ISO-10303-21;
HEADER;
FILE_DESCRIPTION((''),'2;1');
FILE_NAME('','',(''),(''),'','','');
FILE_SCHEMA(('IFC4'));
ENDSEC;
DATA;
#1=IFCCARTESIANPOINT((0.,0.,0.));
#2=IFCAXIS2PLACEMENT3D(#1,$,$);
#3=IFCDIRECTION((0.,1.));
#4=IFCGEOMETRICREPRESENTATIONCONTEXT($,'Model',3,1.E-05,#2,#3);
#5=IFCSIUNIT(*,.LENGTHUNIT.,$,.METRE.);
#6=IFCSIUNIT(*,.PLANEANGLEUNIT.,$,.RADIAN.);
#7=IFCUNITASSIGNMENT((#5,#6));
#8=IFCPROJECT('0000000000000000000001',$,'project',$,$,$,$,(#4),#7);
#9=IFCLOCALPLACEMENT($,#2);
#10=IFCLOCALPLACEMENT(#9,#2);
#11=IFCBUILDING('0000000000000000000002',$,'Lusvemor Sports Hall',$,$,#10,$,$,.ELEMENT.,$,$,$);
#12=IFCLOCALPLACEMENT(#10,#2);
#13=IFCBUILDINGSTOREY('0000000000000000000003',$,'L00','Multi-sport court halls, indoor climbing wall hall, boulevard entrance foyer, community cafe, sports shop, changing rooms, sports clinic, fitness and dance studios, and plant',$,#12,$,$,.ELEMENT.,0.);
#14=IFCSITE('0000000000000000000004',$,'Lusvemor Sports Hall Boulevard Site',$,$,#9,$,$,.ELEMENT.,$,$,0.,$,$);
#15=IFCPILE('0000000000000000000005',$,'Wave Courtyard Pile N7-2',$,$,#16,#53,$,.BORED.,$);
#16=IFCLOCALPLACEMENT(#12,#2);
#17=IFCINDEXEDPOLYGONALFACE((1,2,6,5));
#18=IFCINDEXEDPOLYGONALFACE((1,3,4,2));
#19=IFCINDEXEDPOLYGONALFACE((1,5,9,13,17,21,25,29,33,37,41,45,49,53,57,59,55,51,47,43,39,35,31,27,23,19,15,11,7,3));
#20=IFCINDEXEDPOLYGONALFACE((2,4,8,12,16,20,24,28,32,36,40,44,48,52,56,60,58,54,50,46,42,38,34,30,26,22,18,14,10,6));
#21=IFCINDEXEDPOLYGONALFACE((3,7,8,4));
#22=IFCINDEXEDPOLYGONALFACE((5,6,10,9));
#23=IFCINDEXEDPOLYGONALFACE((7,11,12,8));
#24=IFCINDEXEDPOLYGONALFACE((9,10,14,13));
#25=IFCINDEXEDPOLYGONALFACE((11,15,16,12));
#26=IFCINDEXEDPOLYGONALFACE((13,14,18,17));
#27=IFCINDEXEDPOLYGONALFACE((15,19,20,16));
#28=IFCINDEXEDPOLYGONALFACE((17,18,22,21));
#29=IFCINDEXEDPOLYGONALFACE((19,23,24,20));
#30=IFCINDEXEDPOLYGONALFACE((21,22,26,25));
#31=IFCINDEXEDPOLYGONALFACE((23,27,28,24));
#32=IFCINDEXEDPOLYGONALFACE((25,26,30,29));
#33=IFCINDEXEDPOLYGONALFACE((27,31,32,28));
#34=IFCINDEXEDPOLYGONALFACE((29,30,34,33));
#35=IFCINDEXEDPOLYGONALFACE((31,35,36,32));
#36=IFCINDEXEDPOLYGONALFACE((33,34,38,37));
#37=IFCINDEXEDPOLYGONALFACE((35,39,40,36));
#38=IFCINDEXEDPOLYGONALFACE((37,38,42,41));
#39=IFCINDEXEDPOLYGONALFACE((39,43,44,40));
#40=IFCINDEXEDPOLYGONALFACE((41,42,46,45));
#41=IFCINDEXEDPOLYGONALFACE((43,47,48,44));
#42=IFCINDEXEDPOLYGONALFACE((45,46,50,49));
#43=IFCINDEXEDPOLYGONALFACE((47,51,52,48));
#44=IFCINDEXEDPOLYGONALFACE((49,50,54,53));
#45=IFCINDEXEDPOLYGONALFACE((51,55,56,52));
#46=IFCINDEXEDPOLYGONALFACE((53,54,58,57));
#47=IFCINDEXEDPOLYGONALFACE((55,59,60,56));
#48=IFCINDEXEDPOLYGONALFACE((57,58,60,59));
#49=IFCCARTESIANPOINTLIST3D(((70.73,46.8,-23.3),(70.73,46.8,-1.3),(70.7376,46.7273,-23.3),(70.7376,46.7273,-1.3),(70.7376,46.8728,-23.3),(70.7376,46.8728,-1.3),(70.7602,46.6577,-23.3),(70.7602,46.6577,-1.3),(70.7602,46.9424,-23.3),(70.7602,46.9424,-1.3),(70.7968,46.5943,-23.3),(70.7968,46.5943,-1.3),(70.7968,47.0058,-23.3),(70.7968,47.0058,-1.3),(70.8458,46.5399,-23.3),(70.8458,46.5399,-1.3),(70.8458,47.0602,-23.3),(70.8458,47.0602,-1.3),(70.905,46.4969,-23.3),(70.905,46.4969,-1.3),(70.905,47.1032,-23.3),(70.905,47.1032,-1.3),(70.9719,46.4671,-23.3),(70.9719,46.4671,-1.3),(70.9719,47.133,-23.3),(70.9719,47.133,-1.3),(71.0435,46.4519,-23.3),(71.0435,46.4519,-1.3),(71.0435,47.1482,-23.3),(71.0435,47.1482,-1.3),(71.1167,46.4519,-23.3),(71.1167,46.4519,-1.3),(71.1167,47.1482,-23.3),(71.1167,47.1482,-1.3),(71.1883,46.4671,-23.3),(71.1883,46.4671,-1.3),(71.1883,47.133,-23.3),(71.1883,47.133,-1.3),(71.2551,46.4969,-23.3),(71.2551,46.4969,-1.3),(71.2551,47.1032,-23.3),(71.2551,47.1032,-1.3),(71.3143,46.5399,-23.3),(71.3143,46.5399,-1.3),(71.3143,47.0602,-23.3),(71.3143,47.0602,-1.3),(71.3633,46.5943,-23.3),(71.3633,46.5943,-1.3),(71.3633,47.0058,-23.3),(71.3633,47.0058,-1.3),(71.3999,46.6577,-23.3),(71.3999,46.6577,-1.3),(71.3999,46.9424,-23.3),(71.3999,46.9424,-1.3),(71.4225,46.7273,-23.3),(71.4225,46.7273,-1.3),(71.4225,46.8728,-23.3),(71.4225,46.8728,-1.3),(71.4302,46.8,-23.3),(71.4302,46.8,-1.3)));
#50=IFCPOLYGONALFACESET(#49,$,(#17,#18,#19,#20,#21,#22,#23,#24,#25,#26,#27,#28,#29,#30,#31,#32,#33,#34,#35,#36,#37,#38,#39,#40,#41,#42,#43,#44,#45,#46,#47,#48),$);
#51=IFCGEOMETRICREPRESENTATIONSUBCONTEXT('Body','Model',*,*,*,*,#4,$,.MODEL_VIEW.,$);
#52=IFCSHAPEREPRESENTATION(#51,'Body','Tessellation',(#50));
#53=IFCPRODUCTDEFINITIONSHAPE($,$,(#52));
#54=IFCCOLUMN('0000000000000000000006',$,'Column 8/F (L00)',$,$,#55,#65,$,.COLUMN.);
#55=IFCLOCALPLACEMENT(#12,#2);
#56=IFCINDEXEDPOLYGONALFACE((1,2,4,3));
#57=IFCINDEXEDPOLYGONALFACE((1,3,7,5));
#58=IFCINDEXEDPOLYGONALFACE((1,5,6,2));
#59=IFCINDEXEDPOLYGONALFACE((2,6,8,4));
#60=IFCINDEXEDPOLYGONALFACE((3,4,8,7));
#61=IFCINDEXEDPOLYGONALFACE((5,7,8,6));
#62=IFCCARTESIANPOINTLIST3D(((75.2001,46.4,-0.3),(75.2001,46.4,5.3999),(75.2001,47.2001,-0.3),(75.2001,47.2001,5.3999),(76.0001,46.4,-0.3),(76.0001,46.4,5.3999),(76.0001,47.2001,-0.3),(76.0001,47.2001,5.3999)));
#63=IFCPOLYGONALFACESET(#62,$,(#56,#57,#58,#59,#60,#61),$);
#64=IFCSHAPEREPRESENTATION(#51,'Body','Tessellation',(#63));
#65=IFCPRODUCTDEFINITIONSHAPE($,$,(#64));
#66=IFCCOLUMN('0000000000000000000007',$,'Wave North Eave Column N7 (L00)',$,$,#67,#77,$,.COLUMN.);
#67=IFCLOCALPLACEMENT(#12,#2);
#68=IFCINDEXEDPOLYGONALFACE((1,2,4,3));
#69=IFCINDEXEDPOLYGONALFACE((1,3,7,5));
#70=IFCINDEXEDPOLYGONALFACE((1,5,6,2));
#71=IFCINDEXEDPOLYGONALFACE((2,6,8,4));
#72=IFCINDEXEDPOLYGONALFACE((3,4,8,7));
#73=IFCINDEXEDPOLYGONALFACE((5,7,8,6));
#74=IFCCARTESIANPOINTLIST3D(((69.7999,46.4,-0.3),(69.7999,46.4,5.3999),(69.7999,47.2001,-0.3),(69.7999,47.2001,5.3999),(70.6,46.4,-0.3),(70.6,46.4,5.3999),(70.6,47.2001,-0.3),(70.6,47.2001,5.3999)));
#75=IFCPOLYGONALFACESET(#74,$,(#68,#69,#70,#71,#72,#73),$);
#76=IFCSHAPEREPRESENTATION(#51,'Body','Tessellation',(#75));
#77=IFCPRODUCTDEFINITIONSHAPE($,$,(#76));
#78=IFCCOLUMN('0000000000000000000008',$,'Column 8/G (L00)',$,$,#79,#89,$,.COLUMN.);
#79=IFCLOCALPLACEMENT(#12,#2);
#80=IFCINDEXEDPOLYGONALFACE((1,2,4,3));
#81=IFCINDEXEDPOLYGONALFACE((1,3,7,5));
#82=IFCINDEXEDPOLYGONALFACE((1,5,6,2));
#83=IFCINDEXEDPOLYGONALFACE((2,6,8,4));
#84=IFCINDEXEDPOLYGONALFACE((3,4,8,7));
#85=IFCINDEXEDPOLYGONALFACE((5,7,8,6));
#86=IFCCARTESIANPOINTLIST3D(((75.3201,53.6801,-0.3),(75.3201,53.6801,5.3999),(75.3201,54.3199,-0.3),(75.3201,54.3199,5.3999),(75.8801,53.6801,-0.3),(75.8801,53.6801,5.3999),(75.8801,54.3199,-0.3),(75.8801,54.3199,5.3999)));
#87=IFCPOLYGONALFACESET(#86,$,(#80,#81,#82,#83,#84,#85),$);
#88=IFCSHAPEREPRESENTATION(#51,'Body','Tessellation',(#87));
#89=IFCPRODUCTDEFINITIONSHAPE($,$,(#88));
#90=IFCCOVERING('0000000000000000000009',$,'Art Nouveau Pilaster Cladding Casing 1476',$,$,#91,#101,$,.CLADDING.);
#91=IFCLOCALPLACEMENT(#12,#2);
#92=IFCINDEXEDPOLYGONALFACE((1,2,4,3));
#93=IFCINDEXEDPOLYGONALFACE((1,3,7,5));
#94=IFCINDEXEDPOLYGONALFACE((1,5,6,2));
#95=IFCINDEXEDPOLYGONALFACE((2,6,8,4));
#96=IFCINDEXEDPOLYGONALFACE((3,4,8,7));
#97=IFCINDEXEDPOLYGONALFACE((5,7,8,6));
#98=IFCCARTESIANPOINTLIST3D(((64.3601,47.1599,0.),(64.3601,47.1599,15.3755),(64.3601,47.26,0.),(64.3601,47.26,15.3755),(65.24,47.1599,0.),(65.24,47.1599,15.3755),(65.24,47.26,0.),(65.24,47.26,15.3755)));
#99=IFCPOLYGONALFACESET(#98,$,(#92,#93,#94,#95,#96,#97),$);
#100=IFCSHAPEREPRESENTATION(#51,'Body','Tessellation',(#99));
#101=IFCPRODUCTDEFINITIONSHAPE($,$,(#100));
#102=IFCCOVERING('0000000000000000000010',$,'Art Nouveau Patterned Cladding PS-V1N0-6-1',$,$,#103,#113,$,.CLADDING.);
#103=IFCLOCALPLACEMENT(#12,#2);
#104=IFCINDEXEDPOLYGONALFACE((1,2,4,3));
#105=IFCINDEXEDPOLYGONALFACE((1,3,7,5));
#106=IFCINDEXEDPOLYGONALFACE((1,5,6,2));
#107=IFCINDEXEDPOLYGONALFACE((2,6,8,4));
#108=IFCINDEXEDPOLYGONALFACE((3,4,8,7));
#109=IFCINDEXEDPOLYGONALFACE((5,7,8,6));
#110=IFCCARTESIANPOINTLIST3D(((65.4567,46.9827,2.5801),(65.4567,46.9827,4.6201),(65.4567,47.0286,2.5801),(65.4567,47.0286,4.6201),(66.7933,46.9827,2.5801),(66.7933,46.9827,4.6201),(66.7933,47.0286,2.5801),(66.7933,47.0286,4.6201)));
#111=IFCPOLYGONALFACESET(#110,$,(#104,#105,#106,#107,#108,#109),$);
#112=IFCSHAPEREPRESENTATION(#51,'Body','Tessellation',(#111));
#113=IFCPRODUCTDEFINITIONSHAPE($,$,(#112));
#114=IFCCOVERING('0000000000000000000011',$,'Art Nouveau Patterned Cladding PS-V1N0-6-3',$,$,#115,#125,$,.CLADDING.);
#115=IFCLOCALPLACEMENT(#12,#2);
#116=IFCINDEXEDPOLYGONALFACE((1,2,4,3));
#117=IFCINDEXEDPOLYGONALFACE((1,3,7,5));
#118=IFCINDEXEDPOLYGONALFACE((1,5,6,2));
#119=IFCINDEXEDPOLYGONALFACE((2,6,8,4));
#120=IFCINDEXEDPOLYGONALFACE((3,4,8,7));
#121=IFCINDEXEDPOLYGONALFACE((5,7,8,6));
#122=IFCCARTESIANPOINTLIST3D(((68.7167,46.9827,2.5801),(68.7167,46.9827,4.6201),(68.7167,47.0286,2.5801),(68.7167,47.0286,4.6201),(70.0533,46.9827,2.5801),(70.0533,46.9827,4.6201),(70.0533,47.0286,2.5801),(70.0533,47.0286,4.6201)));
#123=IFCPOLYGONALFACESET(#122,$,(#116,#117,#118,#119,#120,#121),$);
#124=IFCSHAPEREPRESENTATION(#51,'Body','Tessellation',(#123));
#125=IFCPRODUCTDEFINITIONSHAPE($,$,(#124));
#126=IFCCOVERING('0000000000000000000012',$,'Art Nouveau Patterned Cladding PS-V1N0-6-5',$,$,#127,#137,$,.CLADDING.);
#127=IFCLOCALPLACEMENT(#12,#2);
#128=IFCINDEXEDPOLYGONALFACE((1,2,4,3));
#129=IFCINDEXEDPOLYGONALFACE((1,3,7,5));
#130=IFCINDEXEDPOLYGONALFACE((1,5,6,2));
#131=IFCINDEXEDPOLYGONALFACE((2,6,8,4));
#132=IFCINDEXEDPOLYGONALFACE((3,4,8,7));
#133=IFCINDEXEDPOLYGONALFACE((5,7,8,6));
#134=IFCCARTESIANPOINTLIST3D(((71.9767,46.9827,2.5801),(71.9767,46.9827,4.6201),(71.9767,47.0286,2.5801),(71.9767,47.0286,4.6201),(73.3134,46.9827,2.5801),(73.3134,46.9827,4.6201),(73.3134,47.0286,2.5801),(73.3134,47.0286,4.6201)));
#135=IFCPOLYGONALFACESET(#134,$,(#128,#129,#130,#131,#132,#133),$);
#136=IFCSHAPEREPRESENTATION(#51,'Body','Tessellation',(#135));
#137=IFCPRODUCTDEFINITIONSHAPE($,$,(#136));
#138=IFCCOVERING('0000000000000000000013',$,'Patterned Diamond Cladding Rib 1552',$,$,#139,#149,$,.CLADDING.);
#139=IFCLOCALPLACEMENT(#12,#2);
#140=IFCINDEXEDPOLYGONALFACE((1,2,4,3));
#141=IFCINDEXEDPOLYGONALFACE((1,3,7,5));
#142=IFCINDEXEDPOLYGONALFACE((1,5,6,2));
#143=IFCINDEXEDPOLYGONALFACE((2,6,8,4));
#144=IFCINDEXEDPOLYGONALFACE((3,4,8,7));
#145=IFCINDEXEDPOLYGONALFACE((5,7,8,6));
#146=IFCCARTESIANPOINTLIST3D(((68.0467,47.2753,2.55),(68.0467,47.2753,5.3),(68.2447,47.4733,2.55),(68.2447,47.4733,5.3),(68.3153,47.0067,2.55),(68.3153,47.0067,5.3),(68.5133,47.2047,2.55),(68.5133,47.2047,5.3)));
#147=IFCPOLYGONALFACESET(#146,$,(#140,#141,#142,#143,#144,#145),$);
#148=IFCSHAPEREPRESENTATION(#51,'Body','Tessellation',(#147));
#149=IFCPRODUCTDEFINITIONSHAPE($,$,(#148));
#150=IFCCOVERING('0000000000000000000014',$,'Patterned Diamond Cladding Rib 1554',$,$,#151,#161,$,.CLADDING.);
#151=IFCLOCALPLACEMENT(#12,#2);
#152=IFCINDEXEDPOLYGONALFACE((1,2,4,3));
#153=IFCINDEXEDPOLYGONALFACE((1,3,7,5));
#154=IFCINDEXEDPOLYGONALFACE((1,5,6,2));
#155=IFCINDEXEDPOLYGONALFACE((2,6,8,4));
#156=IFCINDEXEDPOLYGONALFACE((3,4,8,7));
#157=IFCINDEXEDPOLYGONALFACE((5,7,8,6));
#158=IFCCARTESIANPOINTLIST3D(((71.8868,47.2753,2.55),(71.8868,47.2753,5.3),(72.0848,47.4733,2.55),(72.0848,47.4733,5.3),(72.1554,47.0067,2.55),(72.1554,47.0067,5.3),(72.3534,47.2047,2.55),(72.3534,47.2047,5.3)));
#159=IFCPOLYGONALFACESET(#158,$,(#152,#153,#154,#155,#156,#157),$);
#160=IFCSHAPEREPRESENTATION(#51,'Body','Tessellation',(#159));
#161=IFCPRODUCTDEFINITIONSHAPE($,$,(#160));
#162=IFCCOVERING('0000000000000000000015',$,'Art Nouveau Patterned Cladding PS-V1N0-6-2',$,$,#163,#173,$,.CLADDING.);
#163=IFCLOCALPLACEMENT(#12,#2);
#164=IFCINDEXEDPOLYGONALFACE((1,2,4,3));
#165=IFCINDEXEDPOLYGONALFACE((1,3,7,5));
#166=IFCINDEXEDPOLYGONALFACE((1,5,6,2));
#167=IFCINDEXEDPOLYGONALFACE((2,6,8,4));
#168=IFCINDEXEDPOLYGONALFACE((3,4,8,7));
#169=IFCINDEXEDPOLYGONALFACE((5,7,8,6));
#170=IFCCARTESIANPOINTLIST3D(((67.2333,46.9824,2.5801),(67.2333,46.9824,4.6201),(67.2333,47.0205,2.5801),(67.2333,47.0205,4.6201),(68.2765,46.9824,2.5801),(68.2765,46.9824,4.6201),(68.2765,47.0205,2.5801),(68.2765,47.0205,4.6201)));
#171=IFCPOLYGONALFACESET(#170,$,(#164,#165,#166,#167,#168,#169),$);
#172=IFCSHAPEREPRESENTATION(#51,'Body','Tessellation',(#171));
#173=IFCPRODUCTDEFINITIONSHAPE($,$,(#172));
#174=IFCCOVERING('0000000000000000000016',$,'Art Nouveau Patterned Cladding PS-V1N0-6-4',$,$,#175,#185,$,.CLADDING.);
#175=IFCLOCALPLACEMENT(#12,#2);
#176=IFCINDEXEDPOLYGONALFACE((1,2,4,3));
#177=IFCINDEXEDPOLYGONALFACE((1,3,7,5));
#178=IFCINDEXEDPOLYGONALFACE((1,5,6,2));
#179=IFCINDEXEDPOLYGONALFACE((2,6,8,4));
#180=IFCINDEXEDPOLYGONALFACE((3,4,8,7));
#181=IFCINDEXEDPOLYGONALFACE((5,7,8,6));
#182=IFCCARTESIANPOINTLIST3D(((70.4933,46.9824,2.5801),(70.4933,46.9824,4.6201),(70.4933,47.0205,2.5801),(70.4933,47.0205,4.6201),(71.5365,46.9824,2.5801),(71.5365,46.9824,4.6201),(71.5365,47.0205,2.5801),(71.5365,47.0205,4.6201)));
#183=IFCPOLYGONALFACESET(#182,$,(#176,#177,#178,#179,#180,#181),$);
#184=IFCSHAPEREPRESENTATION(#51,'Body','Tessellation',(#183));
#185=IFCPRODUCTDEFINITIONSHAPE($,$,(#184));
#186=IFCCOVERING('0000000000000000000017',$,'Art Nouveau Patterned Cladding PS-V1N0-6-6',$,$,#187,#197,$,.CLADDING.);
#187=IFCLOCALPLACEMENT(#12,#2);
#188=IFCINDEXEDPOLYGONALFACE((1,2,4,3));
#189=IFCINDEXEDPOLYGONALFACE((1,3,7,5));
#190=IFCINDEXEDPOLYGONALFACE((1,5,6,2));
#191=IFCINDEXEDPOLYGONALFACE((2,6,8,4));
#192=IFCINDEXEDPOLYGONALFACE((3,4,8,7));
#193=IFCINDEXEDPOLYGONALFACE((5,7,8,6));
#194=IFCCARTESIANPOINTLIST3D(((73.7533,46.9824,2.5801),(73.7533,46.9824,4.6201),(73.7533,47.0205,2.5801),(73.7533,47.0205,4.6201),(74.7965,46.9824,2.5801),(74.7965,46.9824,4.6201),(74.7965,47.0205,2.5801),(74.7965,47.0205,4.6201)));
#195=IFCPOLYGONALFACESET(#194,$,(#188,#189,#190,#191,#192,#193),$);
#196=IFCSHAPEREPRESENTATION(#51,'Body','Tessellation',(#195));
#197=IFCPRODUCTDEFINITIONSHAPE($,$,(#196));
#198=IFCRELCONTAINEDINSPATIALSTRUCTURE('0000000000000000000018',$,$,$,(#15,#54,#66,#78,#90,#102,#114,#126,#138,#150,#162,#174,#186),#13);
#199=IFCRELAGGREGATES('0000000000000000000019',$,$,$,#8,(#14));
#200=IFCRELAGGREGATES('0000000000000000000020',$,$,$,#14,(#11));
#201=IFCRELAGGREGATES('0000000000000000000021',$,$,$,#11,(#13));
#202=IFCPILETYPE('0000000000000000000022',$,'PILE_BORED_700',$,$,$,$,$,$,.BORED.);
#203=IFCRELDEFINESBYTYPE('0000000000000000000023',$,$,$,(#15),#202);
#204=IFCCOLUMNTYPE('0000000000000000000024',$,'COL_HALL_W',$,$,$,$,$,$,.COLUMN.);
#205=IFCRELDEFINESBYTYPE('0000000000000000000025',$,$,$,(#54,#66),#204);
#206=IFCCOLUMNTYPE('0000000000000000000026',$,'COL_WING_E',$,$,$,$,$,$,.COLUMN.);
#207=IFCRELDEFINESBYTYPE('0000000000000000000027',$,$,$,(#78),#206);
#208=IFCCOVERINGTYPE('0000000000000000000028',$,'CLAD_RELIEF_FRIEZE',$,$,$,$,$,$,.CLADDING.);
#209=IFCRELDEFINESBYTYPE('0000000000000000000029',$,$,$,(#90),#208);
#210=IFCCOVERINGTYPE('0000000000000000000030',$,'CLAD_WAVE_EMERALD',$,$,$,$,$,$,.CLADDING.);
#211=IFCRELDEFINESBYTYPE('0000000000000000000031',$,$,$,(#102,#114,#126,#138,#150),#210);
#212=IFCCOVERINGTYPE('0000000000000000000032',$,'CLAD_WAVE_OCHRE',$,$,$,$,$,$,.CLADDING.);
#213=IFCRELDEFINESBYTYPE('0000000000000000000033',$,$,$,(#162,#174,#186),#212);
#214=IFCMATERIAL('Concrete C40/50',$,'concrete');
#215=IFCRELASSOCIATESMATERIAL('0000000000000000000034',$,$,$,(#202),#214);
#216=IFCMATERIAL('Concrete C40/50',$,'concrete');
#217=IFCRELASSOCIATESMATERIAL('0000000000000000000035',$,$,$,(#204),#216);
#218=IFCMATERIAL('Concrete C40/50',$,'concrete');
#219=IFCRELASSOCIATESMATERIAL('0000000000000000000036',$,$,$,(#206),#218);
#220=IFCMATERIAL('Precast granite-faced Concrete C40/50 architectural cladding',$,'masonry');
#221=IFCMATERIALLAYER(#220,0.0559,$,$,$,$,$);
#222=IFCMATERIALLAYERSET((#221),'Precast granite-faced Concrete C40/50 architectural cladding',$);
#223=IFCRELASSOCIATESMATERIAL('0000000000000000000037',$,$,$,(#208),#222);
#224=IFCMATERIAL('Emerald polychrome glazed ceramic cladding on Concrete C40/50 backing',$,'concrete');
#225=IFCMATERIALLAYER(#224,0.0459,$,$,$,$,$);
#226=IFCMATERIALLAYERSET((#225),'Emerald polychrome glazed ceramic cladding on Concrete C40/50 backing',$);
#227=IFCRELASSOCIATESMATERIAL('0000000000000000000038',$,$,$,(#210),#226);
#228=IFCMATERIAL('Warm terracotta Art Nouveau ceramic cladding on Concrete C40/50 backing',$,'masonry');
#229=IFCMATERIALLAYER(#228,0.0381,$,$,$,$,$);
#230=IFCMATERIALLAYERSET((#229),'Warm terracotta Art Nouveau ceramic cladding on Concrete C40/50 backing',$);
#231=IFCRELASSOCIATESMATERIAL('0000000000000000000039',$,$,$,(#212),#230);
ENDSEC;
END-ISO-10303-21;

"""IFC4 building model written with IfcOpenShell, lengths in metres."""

from ifc_helpers import new_model, si_unit, direction, frame, origin, origin_2d, place, context, subcontext, project, spatial, rectangle, circle, extrude, material, layer, layer_set, material_profile, profile_set, type_object, element, save


model = new_model("IFC4")

# Units and contexts
model_context = context("Model", 3, precision=1e-05, world=origin(), true_north=direction((0.0, 1.0)))
body_context = subcontext(model_context, "Body", "Model", "MODEL_VIEW")
ifc_project = project(units=[si_unit("LENGTHUNIT", "METRE"), si_unit("PLANEANGLEUNIT", "RADIAN")], contexts=[model_context])

# Site, building, storey
site_placement = place(None, origin())
site = spatial("IfcSite", under=ifc_project, at=site_placement, Name="Lusvemor Sports Hall Boulevard Site", CompositionType="ELEMENT", RefElevation=0.0)
building_placement = place(site_placement, origin())
building = spatial("IfcBuilding", under=site, at=building_placement, Name="Lusvemor Sports Hall", CompositionType="ELEMENT")
storey_placement = place(building_placement, origin())
storey = spatial("IfcBuildingStorey", under=building, at=storey_placement, Name="L00", Description="Multi-sport court halls, indoor climbing wall hall, boulevard entrance foyer, community cafe, sports shop, changing rooms, sports clinic, fitness and dance studios, and plant", CompositionType="ELEMENT", Elevation=0.0)

# Pile
ifc_material_1 = material(Name="Concrete C40/50", Category="concrete")
ifc_material_profile_1 = material_profile(ifc_material_1, circle(Radius=0.3501, at=origin_2d()), Name="PILE700")
ifc_profile_set_1 = profile_set([ifc_material_profile_1], Name="Concrete C40/50")
pile_type = type_object("IfcPileType", Name="PILE_BORED_700", PredefinedType="BORED", material=ifc_profile_set_1)
for number, where, z_axis, x_axis, name in (
    (1, (71.0801, 46.8, -1.3), (0.0, 0.0, -1.0), (1.0, 0.0, 0.0), "Wave Courtyard Pile N7-2"),
):
    element("IfcPile", number, at=place(storey_placement, frame(where, z_axis=z_axis, x_axis=x_axis)), inside=storey, type_object=pile_type, Name=name, PredefinedType="BORED", context=body_context, shape_type="SweptSolid", body=[
        extrude(circle(Radius=0.3501, at=origin_2d()), origin(), (0.0, 0.0, 1.0), 22.0),
    ])

# Columns
ifc_material_2 = material(Name="Concrete C40/50", Category="concrete")
ifc_material_profile_2 = material_profile(ifc_material_2, rectangle(XDim=0.8, YDim=0.8, at=origin_2d()), Name="RC800x800")
ifc_profile_set_2 = profile_set([ifc_material_profile_2], Name="Concrete C40/50")
column_type_1 = type_object("IfcColumnType", Name="COL_HALL_W", PredefinedType="COLUMN", material=ifc_profile_set_2)
for number, where, z_axis, x_axis, name in (
    (2, (75.6001, 46.8, -0.3), (0.0, 0.0, 1.0), (1.0, 0.0, 0.0), "Column 8/F (L00)"),
    (3, (70.2, 46.8, -0.3), (0.0, 0.0, 1.0), (1.0, 0.0, 0.0), "Wave North Eave Column N7 (L00)"),
):
    element("IfcColumn", number, at=place(storey_placement, frame(where, z_axis=z_axis, x_axis=x_axis)), inside=storey, type_object=column_type_1, Name=name, PredefinedType="COLUMN", context=body_context, shape_type="SweptSolid", body=[
        extrude(rectangle(XDim=0.8, YDim=0.8, at=origin_2d()), origin(), (0.0, 0.0, 1.0), 5.7),
    ])
ifc_material_3 = material(Name="Concrete C40/50", Category="concrete")
ifc_material_profile_3 = material_profile(ifc_material_3, rectangle(XDim=0.5601, YDim=0.6399, at=origin_2d()), Name="RC560x640")
ifc_profile_set_3 = profile_set([ifc_material_profile_3], Name="Concrete C40/50")
column_type_2 = type_object("IfcColumnType", Name="COL_WING_E", PredefinedType="COLUMN", material=ifc_profile_set_3)
column_placement = place(storey_placement, frame((75.6001, 54.0, -0.3), z_axis=(0.0, 0.0, 1.0), x_axis=(1.0, 0.0, 0.0)))
element("IfcColumn", 4, at=column_placement, inside=storey, type_object=column_type_2, Name="Column 8/G (L00)", PredefinedType="COLUMN", context=body_context, shape_type="SweptSolid", body=[
    extrude(rectangle(XDim=0.5601, YDim=0.6399, at=origin_2d()), origin(), (0.0, 0.0, 1.0), 5.7),
])

# Coverings
ifc_material_4 = material(Name="Precast granite-faced Concrete C40/50 architectural cladding", Category="masonry")
ifc_layer_1 = layer(ifc_material_4, 0.0559)
ifc_layer_set_1 = layer_set([ifc_layer_1], Name="Precast granite-faced Concrete C40/50 architectural cladding")
covering_type_1 = type_object("IfcCoveringType", Name="CLAD_RELIEF_FRIEZE", PredefinedType="CLADDING", material=ifc_layer_set_1)
covering_1_placement = place(storey_placement, frame((64.8, 47.21, 0.0), z_axis=(0.0, 0.0, 1.0), x_axis=(1.0, 0.0, 0.0)))
element("IfcCovering", 5, at=covering_1_placement, inside=storey, type_object=covering_type_1, Name="Art Nouveau Pilaster Cladding Casing 1476", PredefinedType="CLADDING", context=body_context, shape_type="SweptSolid", body=[
    extrude(rectangle(XDim=0.8799, YDim=0.1001, at=origin_2d()), origin(), (0.0, 0.0, 1.0), 15.3755),
])
ifc_material_5 = material(Name="Emerald polychrome glazed ceramic cladding on Concrete C40/50 backing", Category="concrete")
ifc_layer_2 = layer(ifc_material_5, 0.0459)
ifc_layer_set_2 = layer_set([ifc_layer_2], Name="Emerald polychrome glazed ceramic cladding on Concrete C40/50 backing")
covering_type_2 = type_object("IfcCoveringType", Name="CLAD_WAVE_EMERALD", PredefinedType="CLADDING", material=ifc_layer_set_2)
for number, where, z_axis, x_axis, name in (
    (6, (66.125, 47.0056, 2.5801), (0.0, 0.0, 1.0), (1.0, 0.0, 0.0), "Art Nouveau Patterned Cladding PS-V1N0-6-1"),
    (7, (69.385, 47.0056, 2.5801), (0.0, 0.0, 1.0), (1.0, 0.0, 0.0), "Art Nouveau Patterned Cladding PS-V1N0-6-3"),
    (8, (72.645, 47.0056, 2.5801), (0.0, 0.0, 1.0), (1.0, 0.0, 0.0), "Art Nouveau Patterned Cladding PS-V1N0-6-5"),
):
    element("IfcCovering", number, at=place(storey_placement, frame(where, z_axis=z_axis, x_axis=x_axis)), inside=storey, type_object=covering_type_2, Name=name, PredefinedType="CLADDING", context=body_context, shape_type="SweptSolid", body=[
        extrude(rectangle(XDim=1.3367, YDim=0.0459, at=origin_2d()), origin(), (0.0, 0.0, 1.0), 2.04),
    ])
for number, where, z_axis, x_axis, name in (
    (9, (68.28, 47.24, 2.55), (0.0, 0.0, 1.0), (0.707107, 0.707107, 0.0), "Patterned Diamond Cladding Rib 1552"),
    (10, (72.1201, 47.24, 2.55), (0.0, 0.0, 1.0), (0.707107, 0.707107, 0.0), "Patterned Diamond Cladding Rib 1554"),
):
    element("IfcCovering", number, at=place(storey_placement, frame(where, z_axis=z_axis, x_axis=x_axis)), inside=storey, type_object=covering_type_2, Name=name, PredefinedType="CLADDING", context=body_context, shape_type="SweptSolid", body=[
        extrude(rectangle(XDim=0.28, YDim=0.3799, at=origin_2d()), origin(), (0.0, 0.0, 1.0), 2.75),
    ])
ifc_material_6 = material(Name="Warm terracotta Art Nouveau ceramic cladding on Concrete C40/50 backing", Category="masonry")
ifc_layer_3 = layer(ifc_material_6, 0.0381)
ifc_layer_set_3 = layer_set([ifc_layer_3], Name="Warm terracotta Art Nouveau ceramic cladding on Concrete C40/50 backing")
covering_type_3 = type_object("IfcCoveringType", Name="CLAD_WAVE_OCHRE", PredefinedType="CLADDING", material=ifc_layer_set_3)
for number, where, z_axis, x_axis, name in (
    (11, (67.7549, 47.0015, 2.5801), (0.0, 0.0, 1.0), (1.0, 0.0, 0.0), "Art Nouveau Patterned Cladding PS-V1N0-6-2"),
    (12, (71.0149, 47.0015, 2.5801), (0.0, 0.0, 1.0), (1.0, 0.0, 0.0), "Art Nouveau Patterned Cladding PS-V1N0-6-4"),
    (13, (74.2749, 47.0015, 2.5801), (0.0, 0.0, 1.0), (1.0, 0.0, 0.0), "Art Nouveau Patterned Cladding PS-V1N0-6-6"),
):
    element("IfcCovering", number, at=place(storey_placement, frame(where, z_axis=z_axis, x_axis=x_axis)), inside=storey, type_object=covering_type_3, Name=name, PredefinedType="CLADDING", context=body_context, shape_type="SweptSolid", body=[
        extrude(rectangle(XDim=1.0432, YDim=0.0381, at=origin_2d()), origin(), (0.0, 0.0, 1.0), 2.04),
    ])

save(model, "model.ifc")
